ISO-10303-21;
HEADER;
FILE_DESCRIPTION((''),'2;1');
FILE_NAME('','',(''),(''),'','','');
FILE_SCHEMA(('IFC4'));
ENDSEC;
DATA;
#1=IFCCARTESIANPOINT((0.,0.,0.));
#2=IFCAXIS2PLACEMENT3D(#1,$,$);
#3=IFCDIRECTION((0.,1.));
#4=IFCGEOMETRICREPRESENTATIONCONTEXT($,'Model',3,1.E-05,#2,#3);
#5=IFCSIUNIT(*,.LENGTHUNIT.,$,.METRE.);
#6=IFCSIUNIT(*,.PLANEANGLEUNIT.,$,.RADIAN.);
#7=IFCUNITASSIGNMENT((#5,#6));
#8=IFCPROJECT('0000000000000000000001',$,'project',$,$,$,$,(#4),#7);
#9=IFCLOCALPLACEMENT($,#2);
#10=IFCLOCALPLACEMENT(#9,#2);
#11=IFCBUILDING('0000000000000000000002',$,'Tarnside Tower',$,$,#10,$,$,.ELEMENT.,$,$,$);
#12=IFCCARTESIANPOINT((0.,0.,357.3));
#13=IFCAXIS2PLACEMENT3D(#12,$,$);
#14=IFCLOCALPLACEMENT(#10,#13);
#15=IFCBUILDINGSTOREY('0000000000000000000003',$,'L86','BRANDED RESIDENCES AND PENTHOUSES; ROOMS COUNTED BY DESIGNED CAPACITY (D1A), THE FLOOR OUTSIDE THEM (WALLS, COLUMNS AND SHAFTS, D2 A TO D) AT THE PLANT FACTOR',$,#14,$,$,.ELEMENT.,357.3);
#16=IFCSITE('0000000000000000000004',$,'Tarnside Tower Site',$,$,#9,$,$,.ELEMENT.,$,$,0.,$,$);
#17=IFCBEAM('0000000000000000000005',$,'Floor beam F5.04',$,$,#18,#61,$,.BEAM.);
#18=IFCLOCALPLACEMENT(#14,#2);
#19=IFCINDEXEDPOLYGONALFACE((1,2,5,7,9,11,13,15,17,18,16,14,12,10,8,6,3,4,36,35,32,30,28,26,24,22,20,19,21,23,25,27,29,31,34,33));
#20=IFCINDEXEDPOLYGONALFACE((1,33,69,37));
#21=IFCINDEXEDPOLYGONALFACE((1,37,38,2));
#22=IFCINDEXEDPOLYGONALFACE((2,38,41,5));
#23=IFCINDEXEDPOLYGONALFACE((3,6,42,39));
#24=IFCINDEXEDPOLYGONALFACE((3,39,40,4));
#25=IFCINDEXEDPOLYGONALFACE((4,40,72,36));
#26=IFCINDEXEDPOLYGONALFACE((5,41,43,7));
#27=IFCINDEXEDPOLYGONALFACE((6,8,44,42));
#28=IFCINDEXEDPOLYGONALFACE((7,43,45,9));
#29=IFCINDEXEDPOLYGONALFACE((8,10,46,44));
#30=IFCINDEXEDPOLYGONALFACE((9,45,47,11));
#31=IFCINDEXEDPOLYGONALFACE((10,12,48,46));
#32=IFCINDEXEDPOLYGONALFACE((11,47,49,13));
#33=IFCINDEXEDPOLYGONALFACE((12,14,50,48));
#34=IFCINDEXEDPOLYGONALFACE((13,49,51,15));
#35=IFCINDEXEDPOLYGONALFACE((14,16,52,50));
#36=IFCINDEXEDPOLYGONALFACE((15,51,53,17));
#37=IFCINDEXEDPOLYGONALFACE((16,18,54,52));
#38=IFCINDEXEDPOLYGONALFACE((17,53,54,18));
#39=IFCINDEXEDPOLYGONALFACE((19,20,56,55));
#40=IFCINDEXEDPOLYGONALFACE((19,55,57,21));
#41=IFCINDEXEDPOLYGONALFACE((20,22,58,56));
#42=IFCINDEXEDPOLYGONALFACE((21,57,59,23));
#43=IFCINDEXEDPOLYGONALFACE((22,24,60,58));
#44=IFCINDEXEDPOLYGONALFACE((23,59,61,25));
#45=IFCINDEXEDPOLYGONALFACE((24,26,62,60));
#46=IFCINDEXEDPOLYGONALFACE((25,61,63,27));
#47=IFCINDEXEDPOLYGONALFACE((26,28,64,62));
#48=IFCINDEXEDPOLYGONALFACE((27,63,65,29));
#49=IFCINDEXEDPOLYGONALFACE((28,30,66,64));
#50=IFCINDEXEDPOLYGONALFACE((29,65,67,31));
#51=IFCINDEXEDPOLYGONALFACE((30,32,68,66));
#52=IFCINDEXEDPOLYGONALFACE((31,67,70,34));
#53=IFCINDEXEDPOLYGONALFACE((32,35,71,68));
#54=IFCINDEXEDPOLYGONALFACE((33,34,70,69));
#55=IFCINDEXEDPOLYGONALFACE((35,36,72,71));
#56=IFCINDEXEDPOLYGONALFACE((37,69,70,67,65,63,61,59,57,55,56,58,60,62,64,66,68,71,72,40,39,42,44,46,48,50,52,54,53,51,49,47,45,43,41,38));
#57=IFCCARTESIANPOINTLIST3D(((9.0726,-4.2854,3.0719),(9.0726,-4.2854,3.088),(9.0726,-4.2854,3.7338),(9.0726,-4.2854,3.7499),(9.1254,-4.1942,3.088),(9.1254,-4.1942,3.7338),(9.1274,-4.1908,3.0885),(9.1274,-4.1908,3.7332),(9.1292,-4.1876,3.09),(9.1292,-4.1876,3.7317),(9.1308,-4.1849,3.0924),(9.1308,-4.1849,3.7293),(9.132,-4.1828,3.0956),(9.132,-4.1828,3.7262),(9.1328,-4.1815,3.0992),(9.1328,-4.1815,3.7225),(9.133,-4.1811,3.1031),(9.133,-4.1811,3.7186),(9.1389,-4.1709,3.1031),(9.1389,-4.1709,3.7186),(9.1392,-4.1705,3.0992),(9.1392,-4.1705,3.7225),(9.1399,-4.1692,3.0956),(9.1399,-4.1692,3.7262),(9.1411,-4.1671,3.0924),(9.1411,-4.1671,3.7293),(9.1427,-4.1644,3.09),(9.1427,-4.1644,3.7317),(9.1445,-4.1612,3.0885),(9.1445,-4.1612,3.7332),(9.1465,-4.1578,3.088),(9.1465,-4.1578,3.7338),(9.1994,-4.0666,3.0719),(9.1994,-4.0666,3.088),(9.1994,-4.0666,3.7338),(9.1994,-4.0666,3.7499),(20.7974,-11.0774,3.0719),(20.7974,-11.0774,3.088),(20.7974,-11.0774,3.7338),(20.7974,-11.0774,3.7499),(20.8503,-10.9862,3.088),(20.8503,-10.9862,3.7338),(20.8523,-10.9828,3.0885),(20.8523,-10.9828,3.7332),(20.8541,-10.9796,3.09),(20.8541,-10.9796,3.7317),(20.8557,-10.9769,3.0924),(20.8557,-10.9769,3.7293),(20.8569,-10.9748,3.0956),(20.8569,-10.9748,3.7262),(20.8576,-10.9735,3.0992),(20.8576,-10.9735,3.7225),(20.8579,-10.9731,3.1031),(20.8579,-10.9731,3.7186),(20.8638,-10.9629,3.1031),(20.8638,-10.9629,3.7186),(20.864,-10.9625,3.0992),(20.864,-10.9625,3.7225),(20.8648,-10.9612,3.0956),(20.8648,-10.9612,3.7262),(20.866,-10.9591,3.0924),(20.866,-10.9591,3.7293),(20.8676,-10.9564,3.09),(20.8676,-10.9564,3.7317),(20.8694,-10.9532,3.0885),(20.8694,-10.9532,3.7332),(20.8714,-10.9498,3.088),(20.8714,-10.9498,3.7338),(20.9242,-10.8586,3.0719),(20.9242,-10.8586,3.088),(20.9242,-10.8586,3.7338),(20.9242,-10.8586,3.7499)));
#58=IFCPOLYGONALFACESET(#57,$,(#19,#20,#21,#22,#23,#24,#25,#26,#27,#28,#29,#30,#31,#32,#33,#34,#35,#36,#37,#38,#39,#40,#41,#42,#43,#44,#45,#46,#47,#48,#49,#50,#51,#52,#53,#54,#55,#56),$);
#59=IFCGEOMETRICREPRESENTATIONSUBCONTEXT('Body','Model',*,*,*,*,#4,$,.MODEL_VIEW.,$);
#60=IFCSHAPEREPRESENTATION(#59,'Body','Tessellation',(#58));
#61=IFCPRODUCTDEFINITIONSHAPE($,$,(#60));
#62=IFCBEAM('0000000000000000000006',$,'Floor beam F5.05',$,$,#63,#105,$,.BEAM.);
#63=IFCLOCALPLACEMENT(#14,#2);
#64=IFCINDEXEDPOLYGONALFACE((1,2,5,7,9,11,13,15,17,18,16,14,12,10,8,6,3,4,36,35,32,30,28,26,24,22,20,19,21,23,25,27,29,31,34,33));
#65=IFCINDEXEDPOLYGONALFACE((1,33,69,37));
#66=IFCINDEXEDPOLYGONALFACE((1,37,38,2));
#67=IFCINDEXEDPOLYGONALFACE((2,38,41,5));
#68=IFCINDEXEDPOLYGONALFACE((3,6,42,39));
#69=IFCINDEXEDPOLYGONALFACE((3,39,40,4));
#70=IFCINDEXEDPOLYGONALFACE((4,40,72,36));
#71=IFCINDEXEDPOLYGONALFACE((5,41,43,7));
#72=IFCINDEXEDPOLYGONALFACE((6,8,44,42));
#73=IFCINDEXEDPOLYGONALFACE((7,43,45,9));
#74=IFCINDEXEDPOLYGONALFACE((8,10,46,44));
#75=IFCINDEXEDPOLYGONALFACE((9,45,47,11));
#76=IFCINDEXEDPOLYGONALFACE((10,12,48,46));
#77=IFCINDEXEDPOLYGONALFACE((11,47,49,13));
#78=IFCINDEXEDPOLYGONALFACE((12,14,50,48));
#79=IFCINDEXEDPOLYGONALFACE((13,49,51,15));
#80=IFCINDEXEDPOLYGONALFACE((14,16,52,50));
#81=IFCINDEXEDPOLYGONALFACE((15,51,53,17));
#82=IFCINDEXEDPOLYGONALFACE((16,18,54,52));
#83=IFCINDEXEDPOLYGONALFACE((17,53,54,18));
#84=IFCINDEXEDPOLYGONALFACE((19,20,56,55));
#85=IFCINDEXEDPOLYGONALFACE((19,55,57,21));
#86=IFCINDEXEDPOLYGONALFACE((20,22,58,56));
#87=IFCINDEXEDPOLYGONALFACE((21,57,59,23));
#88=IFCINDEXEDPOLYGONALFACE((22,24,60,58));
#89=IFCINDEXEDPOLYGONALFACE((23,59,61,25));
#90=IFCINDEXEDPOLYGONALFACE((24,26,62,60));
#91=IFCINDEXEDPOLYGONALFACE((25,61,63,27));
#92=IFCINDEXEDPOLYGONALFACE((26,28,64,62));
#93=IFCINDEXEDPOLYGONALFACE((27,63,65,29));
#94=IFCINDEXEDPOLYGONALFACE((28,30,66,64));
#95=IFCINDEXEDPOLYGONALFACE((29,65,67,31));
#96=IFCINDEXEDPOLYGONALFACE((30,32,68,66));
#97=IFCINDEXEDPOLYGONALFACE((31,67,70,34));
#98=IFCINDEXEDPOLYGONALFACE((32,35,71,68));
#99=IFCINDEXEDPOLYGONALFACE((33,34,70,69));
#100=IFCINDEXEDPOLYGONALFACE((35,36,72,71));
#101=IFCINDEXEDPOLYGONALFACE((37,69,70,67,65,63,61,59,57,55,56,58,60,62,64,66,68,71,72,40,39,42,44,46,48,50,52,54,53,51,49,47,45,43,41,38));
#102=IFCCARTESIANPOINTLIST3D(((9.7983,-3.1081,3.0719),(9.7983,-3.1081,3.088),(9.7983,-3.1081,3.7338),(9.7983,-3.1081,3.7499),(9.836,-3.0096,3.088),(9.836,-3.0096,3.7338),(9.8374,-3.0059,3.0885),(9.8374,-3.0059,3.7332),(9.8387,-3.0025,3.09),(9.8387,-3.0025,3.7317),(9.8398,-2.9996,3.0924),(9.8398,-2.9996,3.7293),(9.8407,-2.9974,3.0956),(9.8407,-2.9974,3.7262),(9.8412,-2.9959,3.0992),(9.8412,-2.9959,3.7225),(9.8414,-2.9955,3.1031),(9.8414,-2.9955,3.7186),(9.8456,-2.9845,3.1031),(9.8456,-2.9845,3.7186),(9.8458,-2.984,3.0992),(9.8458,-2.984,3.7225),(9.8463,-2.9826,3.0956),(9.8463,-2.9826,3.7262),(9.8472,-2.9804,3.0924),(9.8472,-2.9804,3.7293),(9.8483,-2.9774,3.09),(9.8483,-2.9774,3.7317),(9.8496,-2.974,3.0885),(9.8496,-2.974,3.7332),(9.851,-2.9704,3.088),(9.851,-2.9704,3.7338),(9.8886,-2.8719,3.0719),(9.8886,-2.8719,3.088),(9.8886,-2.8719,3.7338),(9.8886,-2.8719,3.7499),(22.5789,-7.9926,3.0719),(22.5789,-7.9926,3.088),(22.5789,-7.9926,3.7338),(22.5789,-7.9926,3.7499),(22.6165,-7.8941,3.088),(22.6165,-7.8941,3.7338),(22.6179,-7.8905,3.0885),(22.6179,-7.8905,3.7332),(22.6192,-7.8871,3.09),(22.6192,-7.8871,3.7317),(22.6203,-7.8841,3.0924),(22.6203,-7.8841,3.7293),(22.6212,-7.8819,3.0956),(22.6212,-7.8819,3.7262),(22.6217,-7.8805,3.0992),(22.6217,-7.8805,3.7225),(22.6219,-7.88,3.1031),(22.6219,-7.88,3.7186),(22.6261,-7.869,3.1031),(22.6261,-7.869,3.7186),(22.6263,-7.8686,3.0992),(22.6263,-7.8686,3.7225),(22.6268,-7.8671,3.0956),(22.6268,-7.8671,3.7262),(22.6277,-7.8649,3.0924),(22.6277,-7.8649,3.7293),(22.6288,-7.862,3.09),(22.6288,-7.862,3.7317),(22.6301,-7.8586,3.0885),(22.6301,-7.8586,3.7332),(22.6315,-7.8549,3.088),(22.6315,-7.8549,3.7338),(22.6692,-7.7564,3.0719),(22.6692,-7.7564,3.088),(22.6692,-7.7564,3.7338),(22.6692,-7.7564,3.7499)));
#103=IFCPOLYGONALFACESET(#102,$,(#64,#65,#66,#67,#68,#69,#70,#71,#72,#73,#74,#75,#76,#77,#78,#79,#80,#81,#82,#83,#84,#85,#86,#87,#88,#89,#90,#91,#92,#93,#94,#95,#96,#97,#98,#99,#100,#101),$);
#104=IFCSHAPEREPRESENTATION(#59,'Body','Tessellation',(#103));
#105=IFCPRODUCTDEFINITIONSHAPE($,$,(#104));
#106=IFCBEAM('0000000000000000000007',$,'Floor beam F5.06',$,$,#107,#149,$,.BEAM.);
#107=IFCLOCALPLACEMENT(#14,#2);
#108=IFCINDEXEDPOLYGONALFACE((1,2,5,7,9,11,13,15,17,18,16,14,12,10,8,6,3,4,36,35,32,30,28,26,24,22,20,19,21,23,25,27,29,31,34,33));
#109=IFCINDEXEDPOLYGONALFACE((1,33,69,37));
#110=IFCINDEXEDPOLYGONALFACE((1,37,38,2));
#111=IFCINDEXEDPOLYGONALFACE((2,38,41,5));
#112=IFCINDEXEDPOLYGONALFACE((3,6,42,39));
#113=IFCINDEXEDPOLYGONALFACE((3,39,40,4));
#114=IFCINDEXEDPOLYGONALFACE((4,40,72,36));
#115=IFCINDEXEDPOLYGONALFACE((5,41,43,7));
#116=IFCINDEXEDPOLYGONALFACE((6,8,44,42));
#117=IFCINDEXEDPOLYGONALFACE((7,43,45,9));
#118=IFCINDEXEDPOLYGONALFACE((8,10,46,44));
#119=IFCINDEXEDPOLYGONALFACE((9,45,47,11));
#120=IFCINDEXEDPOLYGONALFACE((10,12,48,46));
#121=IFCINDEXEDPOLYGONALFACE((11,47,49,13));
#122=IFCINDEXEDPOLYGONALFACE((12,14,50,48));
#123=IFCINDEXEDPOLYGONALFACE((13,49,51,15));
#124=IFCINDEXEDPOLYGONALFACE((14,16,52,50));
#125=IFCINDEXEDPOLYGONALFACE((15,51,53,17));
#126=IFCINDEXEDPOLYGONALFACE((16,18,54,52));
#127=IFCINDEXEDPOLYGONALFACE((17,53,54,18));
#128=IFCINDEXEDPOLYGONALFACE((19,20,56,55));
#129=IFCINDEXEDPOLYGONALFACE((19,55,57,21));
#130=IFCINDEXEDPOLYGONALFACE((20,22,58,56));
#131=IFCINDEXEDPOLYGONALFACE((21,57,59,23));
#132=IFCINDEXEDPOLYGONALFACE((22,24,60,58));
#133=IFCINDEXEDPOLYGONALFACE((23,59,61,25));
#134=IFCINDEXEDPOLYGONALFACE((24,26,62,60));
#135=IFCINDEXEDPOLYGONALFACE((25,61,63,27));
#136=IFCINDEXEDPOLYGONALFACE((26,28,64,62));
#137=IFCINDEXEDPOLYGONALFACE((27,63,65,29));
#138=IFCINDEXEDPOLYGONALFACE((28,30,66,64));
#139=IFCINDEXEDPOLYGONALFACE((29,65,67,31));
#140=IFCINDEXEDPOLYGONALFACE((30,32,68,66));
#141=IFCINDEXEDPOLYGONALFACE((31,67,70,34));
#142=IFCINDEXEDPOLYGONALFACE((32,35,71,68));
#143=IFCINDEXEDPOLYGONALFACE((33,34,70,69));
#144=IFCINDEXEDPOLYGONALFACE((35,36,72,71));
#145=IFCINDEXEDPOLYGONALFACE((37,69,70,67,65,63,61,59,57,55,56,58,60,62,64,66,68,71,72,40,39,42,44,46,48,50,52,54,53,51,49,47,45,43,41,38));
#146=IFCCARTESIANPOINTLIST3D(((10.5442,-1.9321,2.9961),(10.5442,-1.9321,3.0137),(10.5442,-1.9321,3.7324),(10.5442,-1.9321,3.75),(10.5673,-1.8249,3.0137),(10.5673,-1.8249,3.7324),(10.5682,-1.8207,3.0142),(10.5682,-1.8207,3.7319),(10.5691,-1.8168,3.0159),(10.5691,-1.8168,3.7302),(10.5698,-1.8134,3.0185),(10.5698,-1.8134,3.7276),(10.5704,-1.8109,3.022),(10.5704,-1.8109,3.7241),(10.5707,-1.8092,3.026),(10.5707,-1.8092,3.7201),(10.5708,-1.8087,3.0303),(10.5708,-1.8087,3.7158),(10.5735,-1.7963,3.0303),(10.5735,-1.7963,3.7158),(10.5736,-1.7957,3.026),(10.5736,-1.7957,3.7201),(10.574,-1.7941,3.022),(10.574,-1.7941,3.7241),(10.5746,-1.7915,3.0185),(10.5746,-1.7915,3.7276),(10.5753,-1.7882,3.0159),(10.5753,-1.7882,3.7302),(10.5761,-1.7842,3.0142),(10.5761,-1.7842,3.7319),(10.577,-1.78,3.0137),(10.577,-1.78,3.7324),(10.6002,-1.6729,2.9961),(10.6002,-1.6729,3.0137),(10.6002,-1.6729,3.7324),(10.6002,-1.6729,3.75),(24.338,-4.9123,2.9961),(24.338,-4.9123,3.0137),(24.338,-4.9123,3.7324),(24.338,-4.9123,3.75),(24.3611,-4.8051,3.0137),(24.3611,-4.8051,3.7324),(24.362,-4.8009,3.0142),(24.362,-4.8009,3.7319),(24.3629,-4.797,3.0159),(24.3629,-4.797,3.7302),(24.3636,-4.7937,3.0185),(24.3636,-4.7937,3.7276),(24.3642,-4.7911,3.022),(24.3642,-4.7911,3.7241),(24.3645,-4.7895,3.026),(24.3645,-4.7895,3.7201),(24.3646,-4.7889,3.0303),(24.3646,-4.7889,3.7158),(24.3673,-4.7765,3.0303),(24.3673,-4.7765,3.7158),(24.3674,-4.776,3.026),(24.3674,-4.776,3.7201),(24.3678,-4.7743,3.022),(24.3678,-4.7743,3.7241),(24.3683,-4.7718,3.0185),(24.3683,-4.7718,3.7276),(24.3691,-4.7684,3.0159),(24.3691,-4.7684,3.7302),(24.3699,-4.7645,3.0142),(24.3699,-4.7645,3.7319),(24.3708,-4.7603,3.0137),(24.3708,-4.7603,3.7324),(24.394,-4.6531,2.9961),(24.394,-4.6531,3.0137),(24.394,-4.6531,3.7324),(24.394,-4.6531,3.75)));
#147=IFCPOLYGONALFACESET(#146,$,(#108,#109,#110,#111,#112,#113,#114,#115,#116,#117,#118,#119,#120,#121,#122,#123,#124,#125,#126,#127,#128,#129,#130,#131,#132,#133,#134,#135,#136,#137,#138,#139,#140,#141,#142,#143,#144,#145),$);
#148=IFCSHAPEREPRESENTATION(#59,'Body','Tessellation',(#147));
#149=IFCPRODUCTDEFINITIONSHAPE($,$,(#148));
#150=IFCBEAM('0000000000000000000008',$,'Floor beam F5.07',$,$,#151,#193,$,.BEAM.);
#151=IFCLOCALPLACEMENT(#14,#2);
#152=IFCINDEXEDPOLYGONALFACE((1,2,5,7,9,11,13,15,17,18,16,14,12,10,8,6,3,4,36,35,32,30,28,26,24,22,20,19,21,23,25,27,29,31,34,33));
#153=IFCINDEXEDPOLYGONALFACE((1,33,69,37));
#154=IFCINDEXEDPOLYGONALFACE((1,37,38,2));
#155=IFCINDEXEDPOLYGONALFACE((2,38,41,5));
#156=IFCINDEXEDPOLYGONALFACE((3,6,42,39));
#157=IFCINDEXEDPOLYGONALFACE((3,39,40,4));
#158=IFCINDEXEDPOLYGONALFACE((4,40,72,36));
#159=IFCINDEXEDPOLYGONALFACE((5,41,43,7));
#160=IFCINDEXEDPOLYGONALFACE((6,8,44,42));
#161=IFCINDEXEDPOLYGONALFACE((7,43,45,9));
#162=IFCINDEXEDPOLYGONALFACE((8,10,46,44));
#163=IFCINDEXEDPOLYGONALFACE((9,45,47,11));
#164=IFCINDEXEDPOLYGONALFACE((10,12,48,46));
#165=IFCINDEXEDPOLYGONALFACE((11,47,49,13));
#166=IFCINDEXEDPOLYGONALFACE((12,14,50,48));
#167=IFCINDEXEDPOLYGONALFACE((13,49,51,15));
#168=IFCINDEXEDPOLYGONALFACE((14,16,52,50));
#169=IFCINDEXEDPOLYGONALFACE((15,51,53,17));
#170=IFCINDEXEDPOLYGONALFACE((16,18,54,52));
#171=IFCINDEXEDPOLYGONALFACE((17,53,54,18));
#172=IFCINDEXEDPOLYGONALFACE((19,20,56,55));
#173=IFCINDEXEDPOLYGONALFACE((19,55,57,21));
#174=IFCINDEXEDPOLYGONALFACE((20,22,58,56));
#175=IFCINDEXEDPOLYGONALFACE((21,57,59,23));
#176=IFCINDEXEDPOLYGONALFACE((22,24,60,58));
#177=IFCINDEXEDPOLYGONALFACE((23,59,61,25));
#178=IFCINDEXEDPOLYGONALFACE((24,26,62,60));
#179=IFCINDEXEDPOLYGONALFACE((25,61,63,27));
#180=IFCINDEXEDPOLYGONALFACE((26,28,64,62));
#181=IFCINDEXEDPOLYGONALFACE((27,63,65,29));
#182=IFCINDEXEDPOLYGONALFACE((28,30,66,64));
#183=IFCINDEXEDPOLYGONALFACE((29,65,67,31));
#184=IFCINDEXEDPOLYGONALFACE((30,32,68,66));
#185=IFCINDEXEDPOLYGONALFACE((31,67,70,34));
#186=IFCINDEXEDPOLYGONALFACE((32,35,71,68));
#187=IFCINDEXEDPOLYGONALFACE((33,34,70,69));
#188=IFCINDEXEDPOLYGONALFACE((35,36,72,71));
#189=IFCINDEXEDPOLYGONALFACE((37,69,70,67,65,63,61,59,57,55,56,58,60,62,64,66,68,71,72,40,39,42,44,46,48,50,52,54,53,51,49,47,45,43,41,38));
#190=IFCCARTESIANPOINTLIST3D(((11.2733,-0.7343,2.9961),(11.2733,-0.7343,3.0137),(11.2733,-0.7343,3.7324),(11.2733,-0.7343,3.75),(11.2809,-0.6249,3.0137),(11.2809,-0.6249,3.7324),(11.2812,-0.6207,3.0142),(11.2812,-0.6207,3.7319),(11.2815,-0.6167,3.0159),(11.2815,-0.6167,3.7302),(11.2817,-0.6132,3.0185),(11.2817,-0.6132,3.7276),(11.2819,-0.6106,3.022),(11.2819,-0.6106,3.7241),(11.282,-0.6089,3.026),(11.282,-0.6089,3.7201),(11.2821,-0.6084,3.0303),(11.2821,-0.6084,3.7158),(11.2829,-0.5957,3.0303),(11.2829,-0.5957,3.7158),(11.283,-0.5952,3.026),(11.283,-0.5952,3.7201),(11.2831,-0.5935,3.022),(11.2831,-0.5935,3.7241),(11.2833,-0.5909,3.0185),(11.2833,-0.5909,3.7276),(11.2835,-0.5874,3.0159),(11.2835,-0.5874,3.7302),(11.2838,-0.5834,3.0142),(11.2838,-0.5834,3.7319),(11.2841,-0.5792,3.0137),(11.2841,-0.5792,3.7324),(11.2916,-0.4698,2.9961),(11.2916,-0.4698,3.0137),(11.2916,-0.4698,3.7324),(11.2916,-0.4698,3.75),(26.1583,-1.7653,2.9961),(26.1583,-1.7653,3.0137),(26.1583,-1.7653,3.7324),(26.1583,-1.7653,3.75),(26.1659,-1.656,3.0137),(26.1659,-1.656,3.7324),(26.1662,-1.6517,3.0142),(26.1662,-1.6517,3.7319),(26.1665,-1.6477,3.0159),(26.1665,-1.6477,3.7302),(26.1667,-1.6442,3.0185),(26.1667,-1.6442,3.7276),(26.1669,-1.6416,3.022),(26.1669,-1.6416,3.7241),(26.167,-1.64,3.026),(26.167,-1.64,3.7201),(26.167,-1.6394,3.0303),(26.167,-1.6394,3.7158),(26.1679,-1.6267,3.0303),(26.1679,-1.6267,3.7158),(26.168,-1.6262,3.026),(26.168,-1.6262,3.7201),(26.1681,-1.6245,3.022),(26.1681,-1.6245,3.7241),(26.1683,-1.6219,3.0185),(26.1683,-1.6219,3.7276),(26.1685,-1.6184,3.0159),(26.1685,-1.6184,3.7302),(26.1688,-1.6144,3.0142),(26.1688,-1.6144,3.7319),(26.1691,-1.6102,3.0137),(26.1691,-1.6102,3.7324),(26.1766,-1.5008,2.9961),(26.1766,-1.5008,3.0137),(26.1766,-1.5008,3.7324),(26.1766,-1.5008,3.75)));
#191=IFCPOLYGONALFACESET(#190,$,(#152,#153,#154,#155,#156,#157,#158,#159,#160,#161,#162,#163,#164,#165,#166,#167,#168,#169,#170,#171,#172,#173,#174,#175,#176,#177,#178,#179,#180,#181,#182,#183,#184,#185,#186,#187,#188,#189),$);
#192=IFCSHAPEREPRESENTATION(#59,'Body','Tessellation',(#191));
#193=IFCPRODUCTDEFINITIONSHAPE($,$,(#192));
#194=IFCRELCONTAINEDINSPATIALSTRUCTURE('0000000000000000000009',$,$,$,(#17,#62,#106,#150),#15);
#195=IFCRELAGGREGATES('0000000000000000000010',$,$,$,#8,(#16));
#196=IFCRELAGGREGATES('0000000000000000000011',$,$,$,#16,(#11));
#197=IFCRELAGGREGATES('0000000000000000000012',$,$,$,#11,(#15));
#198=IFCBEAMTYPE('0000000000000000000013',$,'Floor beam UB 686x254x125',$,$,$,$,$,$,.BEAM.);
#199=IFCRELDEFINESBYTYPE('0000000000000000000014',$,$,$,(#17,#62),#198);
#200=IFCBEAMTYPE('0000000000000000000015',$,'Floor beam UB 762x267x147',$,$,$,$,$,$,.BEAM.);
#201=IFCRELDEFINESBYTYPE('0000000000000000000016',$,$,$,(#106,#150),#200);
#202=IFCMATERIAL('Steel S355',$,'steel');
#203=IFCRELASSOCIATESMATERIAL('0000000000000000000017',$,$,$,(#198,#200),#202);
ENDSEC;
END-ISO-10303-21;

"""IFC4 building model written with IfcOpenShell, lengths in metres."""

from ifc_helpers import new_model, si_unit, direction, frame, origin, origin_2d, place, context, subcontext, project, spatial, i_section, extrude, material, material_profile, profile_set, type_object, element, save


model = new_model("IFC4")

# Units and contexts
model_context = context("Model", 3, precision=1e-05, world=origin(), true_north=direction((0.0, 1.0)))
body_context = subcontext(model_context, "Body", "Model", "MODEL_VIEW")
ifc_project = project(units=[si_unit("LENGTHUNIT", "METRE"), si_unit("PLANEANGLEUNIT", "RADIAN")], contexts=[model_context])

# Site, building, storey
site_placement = place(None, origin())
site = spatial("IfcSite", under=ifc_project, at=site_placement, Name="Tarnside Tower Site", CompositionType="ELEMENT", RefElevation=0.0)
building_placement = place(site_placement, origin())
building = spatial("IfcBuilding", under=site, at=building_placement, Name="Tarnside Tower", CompositionType="ELEMENT")
storey_placement = place(building_placement, frame((0.0, 0.0, 357.3)))
storey = spatial("IfcBuildingStorey", under=building, at=storey_placement, Name="L86", Description="BRANDED RESIDENCES AND PENTHOUSES; ROOMS COUNTED BY DESIGNED CAPACITY (D1A), THE FLOOR OUTSIDE THEM (WALLS, COLUMNS AND SHAFTS, D2 A TO D) AT THE PLANT FACTOR", CompositionType="ELEMENT", Elevation=357.3)

# Beams
ifc_material_1 = material(Name="Steel S355", Category="steel")
ifc_material_profile_1 = material_profile(ifc_material_1, i_section(OverallWidth=0.2529, OverallDepth=0.678, WebThickness=0.0117, FlangeThickness=0.0161, FilletRadius=0.0151, at=origin_2d()), Name="UB 686x254x125")
ifc_profile_set_1 = profile_set([ifc_material_profile_1], Name="Steel S355")
beam_type_1 = type_object("IfcBeamType", Name="Floor beam UB 686x254x125", PredefinedType="BEAM", material=ifc_profile_set_1)
beam_1_placement = place(storey_placement, frame((20.8608, -10.968, 3.4109), z_axis=(-0.865301, 0.501253, 0.0), x_axis=(-0.501253, -0.865301, 0.0)))
element("IfcBeam", 1, at=beam_1_placement, inside=storey, type_object=beam_type_1, Name="Floor beam F5.04", PredefinedType="BEAM", context=body_context, shape_type="SweptSolid", body=[
    extrude(i_section(OverallWidth=0.2529, OverallDepth=0.678, WebThickness=0.0117, FlangeThickness=0.0161, FilletRadius=0.0151, at=origin_2d()), origin(), (0.0, 0.0, 1.0), 13.55),
])
beam_2_placement = place(storey_placement, frame((22.624, -7.8745, 3.4109), z_axis=(-0.934104, 0.357001, 0.0), x_axis=(-0.357001, -0.934104, 0.0)))
element("IfcBeam", 2, at=beam_2_placement, inside=storey, type_object=beam_type_1, Name="Floor beam F5.05", PredefinedType="BEAM", context=body_context, shape_type="SweptSolid", body=[
    extrude(i_section(OverallWidth=0.2529, OverallDepth=0.678, WebThickness=0.0117, FlangeThickness=0.0161, FilletRadius=0.0151, at=origin_2d()), origin(), (0.0, 0.0, 1.0), 13.6821),
])
ifc_material_profile_2 = material_profile(ifc_material_1, i_section(OverallWidth=0.2651, OverallDepth=0.7539, WebThickness=0.0127, FlangeThickness=0.0176, FilletRadius=0.0166, at=origin_2d()), Name="UB 762x267x147")
ifc_profile_set_2 = profile_set([ifc_material_profile_2], Name="Steel S355")
beam_type_2 = type_object("IfcBeamType", Name="Floor beam UB 762x267x147", PredefinedType="BEAM", material=ifc_profile_set_2)
beam_3_placement = place(storey_placement, frame((24.366, -4.7827, 3.373), z_axis=(-0.977446, 0.211184, 0.0), x_axis=(-0.211184, -0.977446, 0.0)))
element("IfcBeam", 3, at=beam_3_placement, inside=storey, type_object=beam_type_2, Name="Floor beam F5.06", PredefinedType="BEAM", context=body_context, shape_type="SweptSolid", body=[
    extrude(i_section(OverallWidth=0.2651, OverallDepth=0.7539, WebThickness=0.0127, FlangeThickness=0.0176, FilletRadius=0.0166, at=origin_2d()), origin(), (0.0, 0.0, 1.0), 14.1121),
])
beam_4_placement = place(storey_placement, frame((26.1675, -1.6331, 3.373), z_axis=(-0.99761, 0.069099, 0.0), x_axis=(-0.069099, -0.99761, 0.0)))
element("IfcBeam", 4, at=beam_4_placement, inside=storey, type_object=beam_type_2, Name="Floor beam F5.07", PredefinedType="BEAM", context=body_context, shape_type="SweptSolid", body=[
    extrude(i_section(OverallWidth=0.2651, OverallDepth=0.7539, WebThickness=0.0127, FlangeThickness=0.0176, FilletRadius=0.0166, at=origin_2d()), origin(), (0.0, 0.0, 1.0), 14.9207),
])

save(model, "model.ifc")
